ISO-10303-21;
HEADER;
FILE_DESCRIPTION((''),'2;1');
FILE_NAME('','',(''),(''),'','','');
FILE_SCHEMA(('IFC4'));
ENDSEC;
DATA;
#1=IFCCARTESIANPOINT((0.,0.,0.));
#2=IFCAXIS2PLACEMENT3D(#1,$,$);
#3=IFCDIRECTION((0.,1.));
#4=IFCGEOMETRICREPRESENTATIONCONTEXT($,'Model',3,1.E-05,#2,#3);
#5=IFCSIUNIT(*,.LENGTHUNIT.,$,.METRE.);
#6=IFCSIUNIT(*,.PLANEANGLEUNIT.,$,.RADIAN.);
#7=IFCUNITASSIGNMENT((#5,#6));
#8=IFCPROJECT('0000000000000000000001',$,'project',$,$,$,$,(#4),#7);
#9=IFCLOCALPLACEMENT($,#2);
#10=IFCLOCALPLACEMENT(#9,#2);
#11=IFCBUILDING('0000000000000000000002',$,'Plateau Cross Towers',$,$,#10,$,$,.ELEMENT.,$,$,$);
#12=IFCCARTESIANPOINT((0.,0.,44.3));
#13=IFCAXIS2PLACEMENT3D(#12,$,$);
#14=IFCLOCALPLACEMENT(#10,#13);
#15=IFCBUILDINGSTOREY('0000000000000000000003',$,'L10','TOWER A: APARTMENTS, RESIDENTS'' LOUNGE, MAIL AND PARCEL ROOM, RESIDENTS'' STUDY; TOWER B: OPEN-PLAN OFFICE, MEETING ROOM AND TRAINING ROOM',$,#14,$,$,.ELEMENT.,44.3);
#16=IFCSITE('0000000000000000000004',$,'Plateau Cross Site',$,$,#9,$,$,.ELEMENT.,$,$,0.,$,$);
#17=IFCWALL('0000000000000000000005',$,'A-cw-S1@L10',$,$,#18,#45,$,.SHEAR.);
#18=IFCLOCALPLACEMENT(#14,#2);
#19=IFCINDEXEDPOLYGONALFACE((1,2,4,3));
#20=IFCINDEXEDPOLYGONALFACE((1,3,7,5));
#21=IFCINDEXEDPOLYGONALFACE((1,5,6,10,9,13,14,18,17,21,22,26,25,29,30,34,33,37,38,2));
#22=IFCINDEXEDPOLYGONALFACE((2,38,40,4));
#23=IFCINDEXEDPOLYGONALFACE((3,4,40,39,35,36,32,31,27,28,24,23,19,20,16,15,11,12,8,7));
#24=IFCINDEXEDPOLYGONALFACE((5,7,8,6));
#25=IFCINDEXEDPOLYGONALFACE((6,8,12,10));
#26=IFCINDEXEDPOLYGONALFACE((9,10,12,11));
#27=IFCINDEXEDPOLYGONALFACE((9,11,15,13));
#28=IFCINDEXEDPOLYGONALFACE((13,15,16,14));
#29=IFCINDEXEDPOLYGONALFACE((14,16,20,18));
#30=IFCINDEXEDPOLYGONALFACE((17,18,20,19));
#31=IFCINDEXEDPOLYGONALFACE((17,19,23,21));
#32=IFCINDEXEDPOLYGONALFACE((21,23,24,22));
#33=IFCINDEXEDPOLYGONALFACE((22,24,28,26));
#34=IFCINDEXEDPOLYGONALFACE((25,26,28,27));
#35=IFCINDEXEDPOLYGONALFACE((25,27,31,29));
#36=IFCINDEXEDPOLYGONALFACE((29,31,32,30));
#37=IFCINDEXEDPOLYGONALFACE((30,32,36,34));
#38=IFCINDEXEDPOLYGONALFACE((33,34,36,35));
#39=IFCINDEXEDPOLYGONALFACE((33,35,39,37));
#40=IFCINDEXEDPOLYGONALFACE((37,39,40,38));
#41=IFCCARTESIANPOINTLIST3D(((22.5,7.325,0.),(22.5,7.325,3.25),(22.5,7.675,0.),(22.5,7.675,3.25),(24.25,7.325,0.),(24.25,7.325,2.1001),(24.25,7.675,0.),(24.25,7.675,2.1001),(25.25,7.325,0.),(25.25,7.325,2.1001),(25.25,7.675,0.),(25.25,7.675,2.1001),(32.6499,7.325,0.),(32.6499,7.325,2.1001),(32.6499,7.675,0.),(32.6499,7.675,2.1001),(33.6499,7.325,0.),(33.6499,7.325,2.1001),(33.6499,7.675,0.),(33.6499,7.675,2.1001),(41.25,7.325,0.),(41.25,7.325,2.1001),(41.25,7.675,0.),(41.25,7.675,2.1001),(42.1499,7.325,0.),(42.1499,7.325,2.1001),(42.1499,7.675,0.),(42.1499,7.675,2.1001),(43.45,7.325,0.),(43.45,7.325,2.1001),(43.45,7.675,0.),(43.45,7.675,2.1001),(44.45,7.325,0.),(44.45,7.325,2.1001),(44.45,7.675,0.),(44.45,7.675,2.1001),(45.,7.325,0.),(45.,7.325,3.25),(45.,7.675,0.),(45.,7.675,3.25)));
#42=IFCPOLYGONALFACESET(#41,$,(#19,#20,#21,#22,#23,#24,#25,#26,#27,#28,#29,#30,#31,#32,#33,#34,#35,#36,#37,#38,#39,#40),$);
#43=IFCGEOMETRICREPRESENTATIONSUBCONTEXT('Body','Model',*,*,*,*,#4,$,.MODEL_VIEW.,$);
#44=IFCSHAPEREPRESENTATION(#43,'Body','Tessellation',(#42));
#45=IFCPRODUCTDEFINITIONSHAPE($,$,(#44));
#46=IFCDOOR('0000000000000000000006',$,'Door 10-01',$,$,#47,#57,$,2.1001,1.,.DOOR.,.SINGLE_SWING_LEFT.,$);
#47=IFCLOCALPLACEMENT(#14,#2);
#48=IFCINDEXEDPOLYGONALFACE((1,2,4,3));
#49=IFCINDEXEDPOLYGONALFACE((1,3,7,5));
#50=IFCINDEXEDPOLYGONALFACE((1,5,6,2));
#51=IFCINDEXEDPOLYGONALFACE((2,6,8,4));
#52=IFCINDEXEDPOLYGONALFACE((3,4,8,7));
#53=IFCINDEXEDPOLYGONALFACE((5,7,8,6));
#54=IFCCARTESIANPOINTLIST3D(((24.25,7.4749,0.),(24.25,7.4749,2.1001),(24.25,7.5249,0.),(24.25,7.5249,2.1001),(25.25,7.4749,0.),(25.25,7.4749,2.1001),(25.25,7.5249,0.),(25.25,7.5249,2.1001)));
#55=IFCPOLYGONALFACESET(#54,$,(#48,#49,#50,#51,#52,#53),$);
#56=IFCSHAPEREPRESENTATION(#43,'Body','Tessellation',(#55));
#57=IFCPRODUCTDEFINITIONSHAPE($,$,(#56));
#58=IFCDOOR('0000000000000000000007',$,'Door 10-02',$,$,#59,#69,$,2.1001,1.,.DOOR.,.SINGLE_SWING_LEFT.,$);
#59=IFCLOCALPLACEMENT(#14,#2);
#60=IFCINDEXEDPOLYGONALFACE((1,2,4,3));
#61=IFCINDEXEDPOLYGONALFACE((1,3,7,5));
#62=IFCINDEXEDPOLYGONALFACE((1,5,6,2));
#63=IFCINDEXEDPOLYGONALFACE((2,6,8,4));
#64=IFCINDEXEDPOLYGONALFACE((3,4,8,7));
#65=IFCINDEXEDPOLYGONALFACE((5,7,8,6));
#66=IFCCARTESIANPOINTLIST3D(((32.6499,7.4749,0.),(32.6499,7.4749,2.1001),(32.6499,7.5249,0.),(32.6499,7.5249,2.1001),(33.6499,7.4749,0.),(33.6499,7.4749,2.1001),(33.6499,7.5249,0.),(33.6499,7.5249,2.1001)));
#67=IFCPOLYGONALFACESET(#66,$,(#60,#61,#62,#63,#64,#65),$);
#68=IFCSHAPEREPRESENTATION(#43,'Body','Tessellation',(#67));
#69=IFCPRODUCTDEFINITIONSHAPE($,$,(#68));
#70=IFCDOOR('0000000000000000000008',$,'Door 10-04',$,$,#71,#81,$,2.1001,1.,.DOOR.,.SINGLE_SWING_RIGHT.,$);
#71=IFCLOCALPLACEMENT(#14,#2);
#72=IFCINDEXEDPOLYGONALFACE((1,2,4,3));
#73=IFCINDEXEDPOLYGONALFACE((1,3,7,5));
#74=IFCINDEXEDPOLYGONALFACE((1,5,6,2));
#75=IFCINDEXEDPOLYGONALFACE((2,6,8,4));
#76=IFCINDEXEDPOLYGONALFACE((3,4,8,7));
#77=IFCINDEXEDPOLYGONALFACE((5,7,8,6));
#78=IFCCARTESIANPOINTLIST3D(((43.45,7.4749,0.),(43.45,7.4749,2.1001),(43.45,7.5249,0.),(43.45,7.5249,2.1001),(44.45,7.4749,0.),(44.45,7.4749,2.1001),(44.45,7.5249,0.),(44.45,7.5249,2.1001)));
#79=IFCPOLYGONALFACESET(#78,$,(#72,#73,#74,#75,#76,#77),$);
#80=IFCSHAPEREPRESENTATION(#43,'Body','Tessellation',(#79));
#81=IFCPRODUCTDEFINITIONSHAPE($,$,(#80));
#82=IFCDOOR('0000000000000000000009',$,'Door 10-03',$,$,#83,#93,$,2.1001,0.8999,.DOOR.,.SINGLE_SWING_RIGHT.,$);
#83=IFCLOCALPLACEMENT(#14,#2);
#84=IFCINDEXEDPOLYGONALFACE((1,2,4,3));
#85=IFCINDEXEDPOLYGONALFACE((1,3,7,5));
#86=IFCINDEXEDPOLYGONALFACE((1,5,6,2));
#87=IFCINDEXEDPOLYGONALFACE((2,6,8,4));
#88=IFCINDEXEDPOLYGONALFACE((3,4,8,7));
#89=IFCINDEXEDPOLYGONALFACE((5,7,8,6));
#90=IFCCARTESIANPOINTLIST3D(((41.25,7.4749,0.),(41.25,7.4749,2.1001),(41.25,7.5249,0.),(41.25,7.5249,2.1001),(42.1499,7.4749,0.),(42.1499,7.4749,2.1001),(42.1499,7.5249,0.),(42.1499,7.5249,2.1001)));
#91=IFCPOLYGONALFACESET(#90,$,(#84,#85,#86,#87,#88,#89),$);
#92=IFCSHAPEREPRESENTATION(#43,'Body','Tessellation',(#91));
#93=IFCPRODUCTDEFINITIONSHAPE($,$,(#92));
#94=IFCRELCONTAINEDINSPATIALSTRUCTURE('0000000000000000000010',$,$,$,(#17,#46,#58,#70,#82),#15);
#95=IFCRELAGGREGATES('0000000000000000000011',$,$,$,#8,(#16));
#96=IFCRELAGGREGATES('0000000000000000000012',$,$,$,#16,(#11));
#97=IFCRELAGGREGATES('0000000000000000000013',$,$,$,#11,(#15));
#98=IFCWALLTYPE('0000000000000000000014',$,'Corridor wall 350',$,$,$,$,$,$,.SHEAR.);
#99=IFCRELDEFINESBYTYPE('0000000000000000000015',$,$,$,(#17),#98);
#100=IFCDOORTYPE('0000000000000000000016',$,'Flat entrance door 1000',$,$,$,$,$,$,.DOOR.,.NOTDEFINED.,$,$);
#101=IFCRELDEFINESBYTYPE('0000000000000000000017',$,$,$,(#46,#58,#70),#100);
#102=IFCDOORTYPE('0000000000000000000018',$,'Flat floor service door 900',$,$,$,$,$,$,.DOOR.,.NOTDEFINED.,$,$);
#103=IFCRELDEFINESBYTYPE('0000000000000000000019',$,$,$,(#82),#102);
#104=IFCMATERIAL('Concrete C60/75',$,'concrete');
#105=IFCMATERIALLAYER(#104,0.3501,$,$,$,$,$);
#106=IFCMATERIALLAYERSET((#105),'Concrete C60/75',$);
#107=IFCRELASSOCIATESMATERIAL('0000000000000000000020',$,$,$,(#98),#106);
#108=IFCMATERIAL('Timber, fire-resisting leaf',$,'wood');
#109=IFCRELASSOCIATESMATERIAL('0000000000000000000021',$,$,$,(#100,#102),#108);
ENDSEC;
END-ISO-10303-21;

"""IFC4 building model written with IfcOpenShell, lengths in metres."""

from ifc_helpers import new_model, si_unit, direction, frame, frame_2d, origin, place, context, subcontext, project, spatial, rectangle, extrude, material, layer, layer_set, type_object, element, fill, save


model = new_model("IFC4")

# Units and contexts
model_context = context("Model", 3, precision=1e-05, world=origin(), true_north=direction((0.0, 1.0)))
body_context = subcontext(model_context, "Body", "Model", "MODEL_VIEW")
ifc_project = project(units=[si_unit("LENGTHUNIT", "METRE"), si_unit("PLANEANGLEUNIT", "RADIAN")], contexts=[model_context])

# Site, building, storey
site_placement = place(None, origin())
site = spatial("IfcSite", under=ifc_project, at=site_placement, Name="Plateau Cross Site", CompositionType="ELEMENT", RefElevation=0.0)
building_placement = place(site_placement, origin())
building = spatial("IfcBuilding", under=site, at=building_placement, Name="Plateau Cross Towers", CompositionType="ELEMENT")
storey_placement = place(building_placement, frame((0.0, 0.0, 44.3)))
storey = spatial("IfcBuildingStorey", under=building, at=storey_placement, Name="L10", Description="TOWER A: APARTMENTS, RESIDENTS' LOUNGE, MAIL AND PARCEL ROOM, RESIDENTS' STUDY; TOWER B: OPEN-PLAN OFFICE, MEETING ROOM AND TRAINING ROOM", CompositionType="ELEMENT", Elevation=44.3)

# Shared definitions
ifc_material_1 = material(Name="Timber, fire-resisting leaf", Category="wood")

# Shared definitions
ifc_material_2 = material(Name="Concrete C60/75", Category="concrete")

# Wall, openings, doors
ifc_layer_1 = layer(ifc_material_2, 0.3501)
ifc_layer_set_1 = layer_set([ifc_layer_1], Name="Concrete C60/75")
wall_type_1 = type_object("IfcWallType", Name="Corridor wall 350", PredefinedType="SHEAR", material=ifc_layer_set_1)
wall_1_placement = place(storey_placement, frame((22.5, 7.5, 0.0), z_axis=(0.0, 0.0, 1.0), x_axis=(1.0, 0.0, 0.0)))
wall_1 = element("IfcWall", 1, at=wall_1_placement, inside=storey, type_object=wall_type_1, Name="A-cw-S1@L10", PredefinedType="SHEAR", context=body_context, shape_type="SweptSolid", body=[
    extrude(rectangle(XDim=22.5, YDim=0.3501, at=frame_2d((11.25, 0.0))), origin(), (0.0, 0.0, 1.0), 3.25),
])
opening_1_placement = place(wall_1_placement, frame((1.75, 0.0, 0.0)))
opening_1 = element("IfcOpeningElement", 2, at=opening_1_placement, cuts=wall_1, PredefinedType="OPENING", context=body_context, shape_type="SweptSolid", body=[
    extrude(rectangle(XDim=1.0, YDim=2.1001, at=frame_2d((0.5, 1.05))), frame((0.0, 0.1851, 0.0), z_axis=(0.0, -1.0, 0.0), x_axis=(1.0, 0.0, 0.0)), (0.0, 0.0, 1.0), 0.3701),
])
opening_2_placement = place(wall_1_placement, frame((10.1499, 0.0, 0.0)))
opening_2 = element("IfcOpeningElement", 3, at=opening_2_placement, cuts=wall_1, PredefinedType="OPENING", context=body_context, shape_type="SweptSolid", body=[
    extrude(rectangle(XDim=1.0, YDim=2.1001, at=frame_2d((0.5, 1.05))), frame((0.0, 0.1851, 0.0), z_axis=(0.0, -1.0, 0.0), x_axis=(1.0, 0.0, 0.0)), (0.0, 0.0, 1.0), 0.3701),
])
opening_3_placement = place(wall_1_placement, frame((18.75, 0.0, 0.0)))
opening_3 = element("IfcOpeningElement", 4, at=opening_3_placement, cuts=wall_1, PredefinedType="OPENING", context=body_context, shape_type="SweptSolid", body=[
    extrude(rectangle(XDim=0.8999, YDim=2.1001, at=frame_2d((0.45, 1.05))), frame((0.0, 0.1851, 0.0), z_axis=(0.0, -1.0, 0.0), x_axis=(1.0, 0.0, 0.0)), (0.0, 0.0, 1.0), 0.3701),
])
opening_4_placement = place(wall_1_placement, frame((20.95, 0.0, 0.0)))
opening_4 = element("IfcOpeningElement", 5, at=opening_4_placement, cuts=wall_1, PredefinedType="OPENING", context=body_context, shape_type="SweptSolid", body=[
    extrude(rectangle(XDim=1.0, YDim=2.1001, at=frame_2d((0.5, 1.05))), frame((0.0, 0.1851, 0.0), z_axis=(0.0, -1.0, 0.0), x_axis=(1.0, 0.0, 0.0)), (0.0, 0.0, 1.0), 0.3701),
])
door_type_1 = type_object("IfcDoorType", Name="Flat entrance door 1000", OperationType="NOTDEFINED", PredefinedType="DOOR", material=ifc_material_1)
door_1_placement = place(opening_1_placement, origin())
door_1 = element("IfcDoor", 6, at=door_1_placement, inside=storey, type_object=door_type_1, Name="Door 10-01", OperationType="SINGLE_SWING_LEFT", OverallHeight=2.1001, OverallWidth=1.0, PredefinedType="DOOR", context=body_context, shape_type="SweptSolid", body=[
    extrude(rectangle(XDim=1.0, YDim=2.1001, at=frame_2d((0.5, 1.05))), frame((0.0, 0.0249, 0.0), z_axis=(0.0, -1.0, 0.0), x_axis=(1.0, 0.0, 0.0)), (0.0, 0.0, 1.0), 0.05),
])
fill(opening_1, door_1)
door_2_placement = place(opening_2_placement, origin())
door_2 = element("IfcDoor", 7, at=door_2_placement, inside=storey, type_object=door_type_1, Name="Door 10-02", OperationType="SINGLE_SWING_LEFT", OverallHeight=2.1001, OverallWidth=1.0, PredefinedType="DOOR", context=body_context, shape_type="SweptSolid", body=[
    extrude(rectangle(XDim=1.0, YDim=2.1001, at=frame_2d((0.5, 1.05))), frame((0.0, 0.0249, 0.0), z_axis=(0.0, -1.0, 0.0), x_axis=(1.0, 0.0, 0.0)), (0.0, 0.0, 1.0), 0.05),
])
fill(opening_2, door_2)
door_3_placement = place(opening_4_placement, origin())
door_3 = element("IfcDoor", 8, at=door_3_placement, inside=storey, type_object=door_type_1, Name="Door 10-04", OperationType="SINGLE_SWING_RIGHT", OverallHeight=2.1001, OverallWidth=1.0, PredefinedType="DOOR", context=body_context, shape_type="SweptSolid", body=[
    extrude(rectangle(XDim=1.0, YDim=2.1001, at=frame_2d((0.5, 1.05))), frame((0.0, 0.0249, 0.0), z_axis=(0.0, -1.0, 0.0), x_axis=(1.0, 0.0, 0.0)), (0.0, 0.0, 1.0), 0.05),
])
fill(opening_4, door_3)
door_type_2 = type_object("IfcDoorType", Name="Flat floor service door 900", OperationType="NOTDEFINED", PredefinedType="DOOR", material=ifc_material_1)
door_4_placement = place(opening_3_placement, origin())
door_4 = element("IfcDoor", 9, at=door_4_placement, inside=storey, type_object=door_type_2, Name="Door 10-03", OperationType="SINGLE_SWING_RIGHT", OverallHeight=2.1001, OverallWidth=0.8999, PredefinedType="DOOR", context=body_context, shape_type="SweptSolid", body=[
    extrude(rectangle(XDim=0.8999, YDim=2.1001, at=frame_2d((0.45, 1.05))), frame((0.0, 0.0249, 0.0), z_axis=(0.0, -1.0, 0.0), x_axis=(1.0, 0.0, 0.0)), (0.0, 0.0, 1.0), 0.05),
])
fill(opening_3, door_4)

save(model, "model.ifc")
